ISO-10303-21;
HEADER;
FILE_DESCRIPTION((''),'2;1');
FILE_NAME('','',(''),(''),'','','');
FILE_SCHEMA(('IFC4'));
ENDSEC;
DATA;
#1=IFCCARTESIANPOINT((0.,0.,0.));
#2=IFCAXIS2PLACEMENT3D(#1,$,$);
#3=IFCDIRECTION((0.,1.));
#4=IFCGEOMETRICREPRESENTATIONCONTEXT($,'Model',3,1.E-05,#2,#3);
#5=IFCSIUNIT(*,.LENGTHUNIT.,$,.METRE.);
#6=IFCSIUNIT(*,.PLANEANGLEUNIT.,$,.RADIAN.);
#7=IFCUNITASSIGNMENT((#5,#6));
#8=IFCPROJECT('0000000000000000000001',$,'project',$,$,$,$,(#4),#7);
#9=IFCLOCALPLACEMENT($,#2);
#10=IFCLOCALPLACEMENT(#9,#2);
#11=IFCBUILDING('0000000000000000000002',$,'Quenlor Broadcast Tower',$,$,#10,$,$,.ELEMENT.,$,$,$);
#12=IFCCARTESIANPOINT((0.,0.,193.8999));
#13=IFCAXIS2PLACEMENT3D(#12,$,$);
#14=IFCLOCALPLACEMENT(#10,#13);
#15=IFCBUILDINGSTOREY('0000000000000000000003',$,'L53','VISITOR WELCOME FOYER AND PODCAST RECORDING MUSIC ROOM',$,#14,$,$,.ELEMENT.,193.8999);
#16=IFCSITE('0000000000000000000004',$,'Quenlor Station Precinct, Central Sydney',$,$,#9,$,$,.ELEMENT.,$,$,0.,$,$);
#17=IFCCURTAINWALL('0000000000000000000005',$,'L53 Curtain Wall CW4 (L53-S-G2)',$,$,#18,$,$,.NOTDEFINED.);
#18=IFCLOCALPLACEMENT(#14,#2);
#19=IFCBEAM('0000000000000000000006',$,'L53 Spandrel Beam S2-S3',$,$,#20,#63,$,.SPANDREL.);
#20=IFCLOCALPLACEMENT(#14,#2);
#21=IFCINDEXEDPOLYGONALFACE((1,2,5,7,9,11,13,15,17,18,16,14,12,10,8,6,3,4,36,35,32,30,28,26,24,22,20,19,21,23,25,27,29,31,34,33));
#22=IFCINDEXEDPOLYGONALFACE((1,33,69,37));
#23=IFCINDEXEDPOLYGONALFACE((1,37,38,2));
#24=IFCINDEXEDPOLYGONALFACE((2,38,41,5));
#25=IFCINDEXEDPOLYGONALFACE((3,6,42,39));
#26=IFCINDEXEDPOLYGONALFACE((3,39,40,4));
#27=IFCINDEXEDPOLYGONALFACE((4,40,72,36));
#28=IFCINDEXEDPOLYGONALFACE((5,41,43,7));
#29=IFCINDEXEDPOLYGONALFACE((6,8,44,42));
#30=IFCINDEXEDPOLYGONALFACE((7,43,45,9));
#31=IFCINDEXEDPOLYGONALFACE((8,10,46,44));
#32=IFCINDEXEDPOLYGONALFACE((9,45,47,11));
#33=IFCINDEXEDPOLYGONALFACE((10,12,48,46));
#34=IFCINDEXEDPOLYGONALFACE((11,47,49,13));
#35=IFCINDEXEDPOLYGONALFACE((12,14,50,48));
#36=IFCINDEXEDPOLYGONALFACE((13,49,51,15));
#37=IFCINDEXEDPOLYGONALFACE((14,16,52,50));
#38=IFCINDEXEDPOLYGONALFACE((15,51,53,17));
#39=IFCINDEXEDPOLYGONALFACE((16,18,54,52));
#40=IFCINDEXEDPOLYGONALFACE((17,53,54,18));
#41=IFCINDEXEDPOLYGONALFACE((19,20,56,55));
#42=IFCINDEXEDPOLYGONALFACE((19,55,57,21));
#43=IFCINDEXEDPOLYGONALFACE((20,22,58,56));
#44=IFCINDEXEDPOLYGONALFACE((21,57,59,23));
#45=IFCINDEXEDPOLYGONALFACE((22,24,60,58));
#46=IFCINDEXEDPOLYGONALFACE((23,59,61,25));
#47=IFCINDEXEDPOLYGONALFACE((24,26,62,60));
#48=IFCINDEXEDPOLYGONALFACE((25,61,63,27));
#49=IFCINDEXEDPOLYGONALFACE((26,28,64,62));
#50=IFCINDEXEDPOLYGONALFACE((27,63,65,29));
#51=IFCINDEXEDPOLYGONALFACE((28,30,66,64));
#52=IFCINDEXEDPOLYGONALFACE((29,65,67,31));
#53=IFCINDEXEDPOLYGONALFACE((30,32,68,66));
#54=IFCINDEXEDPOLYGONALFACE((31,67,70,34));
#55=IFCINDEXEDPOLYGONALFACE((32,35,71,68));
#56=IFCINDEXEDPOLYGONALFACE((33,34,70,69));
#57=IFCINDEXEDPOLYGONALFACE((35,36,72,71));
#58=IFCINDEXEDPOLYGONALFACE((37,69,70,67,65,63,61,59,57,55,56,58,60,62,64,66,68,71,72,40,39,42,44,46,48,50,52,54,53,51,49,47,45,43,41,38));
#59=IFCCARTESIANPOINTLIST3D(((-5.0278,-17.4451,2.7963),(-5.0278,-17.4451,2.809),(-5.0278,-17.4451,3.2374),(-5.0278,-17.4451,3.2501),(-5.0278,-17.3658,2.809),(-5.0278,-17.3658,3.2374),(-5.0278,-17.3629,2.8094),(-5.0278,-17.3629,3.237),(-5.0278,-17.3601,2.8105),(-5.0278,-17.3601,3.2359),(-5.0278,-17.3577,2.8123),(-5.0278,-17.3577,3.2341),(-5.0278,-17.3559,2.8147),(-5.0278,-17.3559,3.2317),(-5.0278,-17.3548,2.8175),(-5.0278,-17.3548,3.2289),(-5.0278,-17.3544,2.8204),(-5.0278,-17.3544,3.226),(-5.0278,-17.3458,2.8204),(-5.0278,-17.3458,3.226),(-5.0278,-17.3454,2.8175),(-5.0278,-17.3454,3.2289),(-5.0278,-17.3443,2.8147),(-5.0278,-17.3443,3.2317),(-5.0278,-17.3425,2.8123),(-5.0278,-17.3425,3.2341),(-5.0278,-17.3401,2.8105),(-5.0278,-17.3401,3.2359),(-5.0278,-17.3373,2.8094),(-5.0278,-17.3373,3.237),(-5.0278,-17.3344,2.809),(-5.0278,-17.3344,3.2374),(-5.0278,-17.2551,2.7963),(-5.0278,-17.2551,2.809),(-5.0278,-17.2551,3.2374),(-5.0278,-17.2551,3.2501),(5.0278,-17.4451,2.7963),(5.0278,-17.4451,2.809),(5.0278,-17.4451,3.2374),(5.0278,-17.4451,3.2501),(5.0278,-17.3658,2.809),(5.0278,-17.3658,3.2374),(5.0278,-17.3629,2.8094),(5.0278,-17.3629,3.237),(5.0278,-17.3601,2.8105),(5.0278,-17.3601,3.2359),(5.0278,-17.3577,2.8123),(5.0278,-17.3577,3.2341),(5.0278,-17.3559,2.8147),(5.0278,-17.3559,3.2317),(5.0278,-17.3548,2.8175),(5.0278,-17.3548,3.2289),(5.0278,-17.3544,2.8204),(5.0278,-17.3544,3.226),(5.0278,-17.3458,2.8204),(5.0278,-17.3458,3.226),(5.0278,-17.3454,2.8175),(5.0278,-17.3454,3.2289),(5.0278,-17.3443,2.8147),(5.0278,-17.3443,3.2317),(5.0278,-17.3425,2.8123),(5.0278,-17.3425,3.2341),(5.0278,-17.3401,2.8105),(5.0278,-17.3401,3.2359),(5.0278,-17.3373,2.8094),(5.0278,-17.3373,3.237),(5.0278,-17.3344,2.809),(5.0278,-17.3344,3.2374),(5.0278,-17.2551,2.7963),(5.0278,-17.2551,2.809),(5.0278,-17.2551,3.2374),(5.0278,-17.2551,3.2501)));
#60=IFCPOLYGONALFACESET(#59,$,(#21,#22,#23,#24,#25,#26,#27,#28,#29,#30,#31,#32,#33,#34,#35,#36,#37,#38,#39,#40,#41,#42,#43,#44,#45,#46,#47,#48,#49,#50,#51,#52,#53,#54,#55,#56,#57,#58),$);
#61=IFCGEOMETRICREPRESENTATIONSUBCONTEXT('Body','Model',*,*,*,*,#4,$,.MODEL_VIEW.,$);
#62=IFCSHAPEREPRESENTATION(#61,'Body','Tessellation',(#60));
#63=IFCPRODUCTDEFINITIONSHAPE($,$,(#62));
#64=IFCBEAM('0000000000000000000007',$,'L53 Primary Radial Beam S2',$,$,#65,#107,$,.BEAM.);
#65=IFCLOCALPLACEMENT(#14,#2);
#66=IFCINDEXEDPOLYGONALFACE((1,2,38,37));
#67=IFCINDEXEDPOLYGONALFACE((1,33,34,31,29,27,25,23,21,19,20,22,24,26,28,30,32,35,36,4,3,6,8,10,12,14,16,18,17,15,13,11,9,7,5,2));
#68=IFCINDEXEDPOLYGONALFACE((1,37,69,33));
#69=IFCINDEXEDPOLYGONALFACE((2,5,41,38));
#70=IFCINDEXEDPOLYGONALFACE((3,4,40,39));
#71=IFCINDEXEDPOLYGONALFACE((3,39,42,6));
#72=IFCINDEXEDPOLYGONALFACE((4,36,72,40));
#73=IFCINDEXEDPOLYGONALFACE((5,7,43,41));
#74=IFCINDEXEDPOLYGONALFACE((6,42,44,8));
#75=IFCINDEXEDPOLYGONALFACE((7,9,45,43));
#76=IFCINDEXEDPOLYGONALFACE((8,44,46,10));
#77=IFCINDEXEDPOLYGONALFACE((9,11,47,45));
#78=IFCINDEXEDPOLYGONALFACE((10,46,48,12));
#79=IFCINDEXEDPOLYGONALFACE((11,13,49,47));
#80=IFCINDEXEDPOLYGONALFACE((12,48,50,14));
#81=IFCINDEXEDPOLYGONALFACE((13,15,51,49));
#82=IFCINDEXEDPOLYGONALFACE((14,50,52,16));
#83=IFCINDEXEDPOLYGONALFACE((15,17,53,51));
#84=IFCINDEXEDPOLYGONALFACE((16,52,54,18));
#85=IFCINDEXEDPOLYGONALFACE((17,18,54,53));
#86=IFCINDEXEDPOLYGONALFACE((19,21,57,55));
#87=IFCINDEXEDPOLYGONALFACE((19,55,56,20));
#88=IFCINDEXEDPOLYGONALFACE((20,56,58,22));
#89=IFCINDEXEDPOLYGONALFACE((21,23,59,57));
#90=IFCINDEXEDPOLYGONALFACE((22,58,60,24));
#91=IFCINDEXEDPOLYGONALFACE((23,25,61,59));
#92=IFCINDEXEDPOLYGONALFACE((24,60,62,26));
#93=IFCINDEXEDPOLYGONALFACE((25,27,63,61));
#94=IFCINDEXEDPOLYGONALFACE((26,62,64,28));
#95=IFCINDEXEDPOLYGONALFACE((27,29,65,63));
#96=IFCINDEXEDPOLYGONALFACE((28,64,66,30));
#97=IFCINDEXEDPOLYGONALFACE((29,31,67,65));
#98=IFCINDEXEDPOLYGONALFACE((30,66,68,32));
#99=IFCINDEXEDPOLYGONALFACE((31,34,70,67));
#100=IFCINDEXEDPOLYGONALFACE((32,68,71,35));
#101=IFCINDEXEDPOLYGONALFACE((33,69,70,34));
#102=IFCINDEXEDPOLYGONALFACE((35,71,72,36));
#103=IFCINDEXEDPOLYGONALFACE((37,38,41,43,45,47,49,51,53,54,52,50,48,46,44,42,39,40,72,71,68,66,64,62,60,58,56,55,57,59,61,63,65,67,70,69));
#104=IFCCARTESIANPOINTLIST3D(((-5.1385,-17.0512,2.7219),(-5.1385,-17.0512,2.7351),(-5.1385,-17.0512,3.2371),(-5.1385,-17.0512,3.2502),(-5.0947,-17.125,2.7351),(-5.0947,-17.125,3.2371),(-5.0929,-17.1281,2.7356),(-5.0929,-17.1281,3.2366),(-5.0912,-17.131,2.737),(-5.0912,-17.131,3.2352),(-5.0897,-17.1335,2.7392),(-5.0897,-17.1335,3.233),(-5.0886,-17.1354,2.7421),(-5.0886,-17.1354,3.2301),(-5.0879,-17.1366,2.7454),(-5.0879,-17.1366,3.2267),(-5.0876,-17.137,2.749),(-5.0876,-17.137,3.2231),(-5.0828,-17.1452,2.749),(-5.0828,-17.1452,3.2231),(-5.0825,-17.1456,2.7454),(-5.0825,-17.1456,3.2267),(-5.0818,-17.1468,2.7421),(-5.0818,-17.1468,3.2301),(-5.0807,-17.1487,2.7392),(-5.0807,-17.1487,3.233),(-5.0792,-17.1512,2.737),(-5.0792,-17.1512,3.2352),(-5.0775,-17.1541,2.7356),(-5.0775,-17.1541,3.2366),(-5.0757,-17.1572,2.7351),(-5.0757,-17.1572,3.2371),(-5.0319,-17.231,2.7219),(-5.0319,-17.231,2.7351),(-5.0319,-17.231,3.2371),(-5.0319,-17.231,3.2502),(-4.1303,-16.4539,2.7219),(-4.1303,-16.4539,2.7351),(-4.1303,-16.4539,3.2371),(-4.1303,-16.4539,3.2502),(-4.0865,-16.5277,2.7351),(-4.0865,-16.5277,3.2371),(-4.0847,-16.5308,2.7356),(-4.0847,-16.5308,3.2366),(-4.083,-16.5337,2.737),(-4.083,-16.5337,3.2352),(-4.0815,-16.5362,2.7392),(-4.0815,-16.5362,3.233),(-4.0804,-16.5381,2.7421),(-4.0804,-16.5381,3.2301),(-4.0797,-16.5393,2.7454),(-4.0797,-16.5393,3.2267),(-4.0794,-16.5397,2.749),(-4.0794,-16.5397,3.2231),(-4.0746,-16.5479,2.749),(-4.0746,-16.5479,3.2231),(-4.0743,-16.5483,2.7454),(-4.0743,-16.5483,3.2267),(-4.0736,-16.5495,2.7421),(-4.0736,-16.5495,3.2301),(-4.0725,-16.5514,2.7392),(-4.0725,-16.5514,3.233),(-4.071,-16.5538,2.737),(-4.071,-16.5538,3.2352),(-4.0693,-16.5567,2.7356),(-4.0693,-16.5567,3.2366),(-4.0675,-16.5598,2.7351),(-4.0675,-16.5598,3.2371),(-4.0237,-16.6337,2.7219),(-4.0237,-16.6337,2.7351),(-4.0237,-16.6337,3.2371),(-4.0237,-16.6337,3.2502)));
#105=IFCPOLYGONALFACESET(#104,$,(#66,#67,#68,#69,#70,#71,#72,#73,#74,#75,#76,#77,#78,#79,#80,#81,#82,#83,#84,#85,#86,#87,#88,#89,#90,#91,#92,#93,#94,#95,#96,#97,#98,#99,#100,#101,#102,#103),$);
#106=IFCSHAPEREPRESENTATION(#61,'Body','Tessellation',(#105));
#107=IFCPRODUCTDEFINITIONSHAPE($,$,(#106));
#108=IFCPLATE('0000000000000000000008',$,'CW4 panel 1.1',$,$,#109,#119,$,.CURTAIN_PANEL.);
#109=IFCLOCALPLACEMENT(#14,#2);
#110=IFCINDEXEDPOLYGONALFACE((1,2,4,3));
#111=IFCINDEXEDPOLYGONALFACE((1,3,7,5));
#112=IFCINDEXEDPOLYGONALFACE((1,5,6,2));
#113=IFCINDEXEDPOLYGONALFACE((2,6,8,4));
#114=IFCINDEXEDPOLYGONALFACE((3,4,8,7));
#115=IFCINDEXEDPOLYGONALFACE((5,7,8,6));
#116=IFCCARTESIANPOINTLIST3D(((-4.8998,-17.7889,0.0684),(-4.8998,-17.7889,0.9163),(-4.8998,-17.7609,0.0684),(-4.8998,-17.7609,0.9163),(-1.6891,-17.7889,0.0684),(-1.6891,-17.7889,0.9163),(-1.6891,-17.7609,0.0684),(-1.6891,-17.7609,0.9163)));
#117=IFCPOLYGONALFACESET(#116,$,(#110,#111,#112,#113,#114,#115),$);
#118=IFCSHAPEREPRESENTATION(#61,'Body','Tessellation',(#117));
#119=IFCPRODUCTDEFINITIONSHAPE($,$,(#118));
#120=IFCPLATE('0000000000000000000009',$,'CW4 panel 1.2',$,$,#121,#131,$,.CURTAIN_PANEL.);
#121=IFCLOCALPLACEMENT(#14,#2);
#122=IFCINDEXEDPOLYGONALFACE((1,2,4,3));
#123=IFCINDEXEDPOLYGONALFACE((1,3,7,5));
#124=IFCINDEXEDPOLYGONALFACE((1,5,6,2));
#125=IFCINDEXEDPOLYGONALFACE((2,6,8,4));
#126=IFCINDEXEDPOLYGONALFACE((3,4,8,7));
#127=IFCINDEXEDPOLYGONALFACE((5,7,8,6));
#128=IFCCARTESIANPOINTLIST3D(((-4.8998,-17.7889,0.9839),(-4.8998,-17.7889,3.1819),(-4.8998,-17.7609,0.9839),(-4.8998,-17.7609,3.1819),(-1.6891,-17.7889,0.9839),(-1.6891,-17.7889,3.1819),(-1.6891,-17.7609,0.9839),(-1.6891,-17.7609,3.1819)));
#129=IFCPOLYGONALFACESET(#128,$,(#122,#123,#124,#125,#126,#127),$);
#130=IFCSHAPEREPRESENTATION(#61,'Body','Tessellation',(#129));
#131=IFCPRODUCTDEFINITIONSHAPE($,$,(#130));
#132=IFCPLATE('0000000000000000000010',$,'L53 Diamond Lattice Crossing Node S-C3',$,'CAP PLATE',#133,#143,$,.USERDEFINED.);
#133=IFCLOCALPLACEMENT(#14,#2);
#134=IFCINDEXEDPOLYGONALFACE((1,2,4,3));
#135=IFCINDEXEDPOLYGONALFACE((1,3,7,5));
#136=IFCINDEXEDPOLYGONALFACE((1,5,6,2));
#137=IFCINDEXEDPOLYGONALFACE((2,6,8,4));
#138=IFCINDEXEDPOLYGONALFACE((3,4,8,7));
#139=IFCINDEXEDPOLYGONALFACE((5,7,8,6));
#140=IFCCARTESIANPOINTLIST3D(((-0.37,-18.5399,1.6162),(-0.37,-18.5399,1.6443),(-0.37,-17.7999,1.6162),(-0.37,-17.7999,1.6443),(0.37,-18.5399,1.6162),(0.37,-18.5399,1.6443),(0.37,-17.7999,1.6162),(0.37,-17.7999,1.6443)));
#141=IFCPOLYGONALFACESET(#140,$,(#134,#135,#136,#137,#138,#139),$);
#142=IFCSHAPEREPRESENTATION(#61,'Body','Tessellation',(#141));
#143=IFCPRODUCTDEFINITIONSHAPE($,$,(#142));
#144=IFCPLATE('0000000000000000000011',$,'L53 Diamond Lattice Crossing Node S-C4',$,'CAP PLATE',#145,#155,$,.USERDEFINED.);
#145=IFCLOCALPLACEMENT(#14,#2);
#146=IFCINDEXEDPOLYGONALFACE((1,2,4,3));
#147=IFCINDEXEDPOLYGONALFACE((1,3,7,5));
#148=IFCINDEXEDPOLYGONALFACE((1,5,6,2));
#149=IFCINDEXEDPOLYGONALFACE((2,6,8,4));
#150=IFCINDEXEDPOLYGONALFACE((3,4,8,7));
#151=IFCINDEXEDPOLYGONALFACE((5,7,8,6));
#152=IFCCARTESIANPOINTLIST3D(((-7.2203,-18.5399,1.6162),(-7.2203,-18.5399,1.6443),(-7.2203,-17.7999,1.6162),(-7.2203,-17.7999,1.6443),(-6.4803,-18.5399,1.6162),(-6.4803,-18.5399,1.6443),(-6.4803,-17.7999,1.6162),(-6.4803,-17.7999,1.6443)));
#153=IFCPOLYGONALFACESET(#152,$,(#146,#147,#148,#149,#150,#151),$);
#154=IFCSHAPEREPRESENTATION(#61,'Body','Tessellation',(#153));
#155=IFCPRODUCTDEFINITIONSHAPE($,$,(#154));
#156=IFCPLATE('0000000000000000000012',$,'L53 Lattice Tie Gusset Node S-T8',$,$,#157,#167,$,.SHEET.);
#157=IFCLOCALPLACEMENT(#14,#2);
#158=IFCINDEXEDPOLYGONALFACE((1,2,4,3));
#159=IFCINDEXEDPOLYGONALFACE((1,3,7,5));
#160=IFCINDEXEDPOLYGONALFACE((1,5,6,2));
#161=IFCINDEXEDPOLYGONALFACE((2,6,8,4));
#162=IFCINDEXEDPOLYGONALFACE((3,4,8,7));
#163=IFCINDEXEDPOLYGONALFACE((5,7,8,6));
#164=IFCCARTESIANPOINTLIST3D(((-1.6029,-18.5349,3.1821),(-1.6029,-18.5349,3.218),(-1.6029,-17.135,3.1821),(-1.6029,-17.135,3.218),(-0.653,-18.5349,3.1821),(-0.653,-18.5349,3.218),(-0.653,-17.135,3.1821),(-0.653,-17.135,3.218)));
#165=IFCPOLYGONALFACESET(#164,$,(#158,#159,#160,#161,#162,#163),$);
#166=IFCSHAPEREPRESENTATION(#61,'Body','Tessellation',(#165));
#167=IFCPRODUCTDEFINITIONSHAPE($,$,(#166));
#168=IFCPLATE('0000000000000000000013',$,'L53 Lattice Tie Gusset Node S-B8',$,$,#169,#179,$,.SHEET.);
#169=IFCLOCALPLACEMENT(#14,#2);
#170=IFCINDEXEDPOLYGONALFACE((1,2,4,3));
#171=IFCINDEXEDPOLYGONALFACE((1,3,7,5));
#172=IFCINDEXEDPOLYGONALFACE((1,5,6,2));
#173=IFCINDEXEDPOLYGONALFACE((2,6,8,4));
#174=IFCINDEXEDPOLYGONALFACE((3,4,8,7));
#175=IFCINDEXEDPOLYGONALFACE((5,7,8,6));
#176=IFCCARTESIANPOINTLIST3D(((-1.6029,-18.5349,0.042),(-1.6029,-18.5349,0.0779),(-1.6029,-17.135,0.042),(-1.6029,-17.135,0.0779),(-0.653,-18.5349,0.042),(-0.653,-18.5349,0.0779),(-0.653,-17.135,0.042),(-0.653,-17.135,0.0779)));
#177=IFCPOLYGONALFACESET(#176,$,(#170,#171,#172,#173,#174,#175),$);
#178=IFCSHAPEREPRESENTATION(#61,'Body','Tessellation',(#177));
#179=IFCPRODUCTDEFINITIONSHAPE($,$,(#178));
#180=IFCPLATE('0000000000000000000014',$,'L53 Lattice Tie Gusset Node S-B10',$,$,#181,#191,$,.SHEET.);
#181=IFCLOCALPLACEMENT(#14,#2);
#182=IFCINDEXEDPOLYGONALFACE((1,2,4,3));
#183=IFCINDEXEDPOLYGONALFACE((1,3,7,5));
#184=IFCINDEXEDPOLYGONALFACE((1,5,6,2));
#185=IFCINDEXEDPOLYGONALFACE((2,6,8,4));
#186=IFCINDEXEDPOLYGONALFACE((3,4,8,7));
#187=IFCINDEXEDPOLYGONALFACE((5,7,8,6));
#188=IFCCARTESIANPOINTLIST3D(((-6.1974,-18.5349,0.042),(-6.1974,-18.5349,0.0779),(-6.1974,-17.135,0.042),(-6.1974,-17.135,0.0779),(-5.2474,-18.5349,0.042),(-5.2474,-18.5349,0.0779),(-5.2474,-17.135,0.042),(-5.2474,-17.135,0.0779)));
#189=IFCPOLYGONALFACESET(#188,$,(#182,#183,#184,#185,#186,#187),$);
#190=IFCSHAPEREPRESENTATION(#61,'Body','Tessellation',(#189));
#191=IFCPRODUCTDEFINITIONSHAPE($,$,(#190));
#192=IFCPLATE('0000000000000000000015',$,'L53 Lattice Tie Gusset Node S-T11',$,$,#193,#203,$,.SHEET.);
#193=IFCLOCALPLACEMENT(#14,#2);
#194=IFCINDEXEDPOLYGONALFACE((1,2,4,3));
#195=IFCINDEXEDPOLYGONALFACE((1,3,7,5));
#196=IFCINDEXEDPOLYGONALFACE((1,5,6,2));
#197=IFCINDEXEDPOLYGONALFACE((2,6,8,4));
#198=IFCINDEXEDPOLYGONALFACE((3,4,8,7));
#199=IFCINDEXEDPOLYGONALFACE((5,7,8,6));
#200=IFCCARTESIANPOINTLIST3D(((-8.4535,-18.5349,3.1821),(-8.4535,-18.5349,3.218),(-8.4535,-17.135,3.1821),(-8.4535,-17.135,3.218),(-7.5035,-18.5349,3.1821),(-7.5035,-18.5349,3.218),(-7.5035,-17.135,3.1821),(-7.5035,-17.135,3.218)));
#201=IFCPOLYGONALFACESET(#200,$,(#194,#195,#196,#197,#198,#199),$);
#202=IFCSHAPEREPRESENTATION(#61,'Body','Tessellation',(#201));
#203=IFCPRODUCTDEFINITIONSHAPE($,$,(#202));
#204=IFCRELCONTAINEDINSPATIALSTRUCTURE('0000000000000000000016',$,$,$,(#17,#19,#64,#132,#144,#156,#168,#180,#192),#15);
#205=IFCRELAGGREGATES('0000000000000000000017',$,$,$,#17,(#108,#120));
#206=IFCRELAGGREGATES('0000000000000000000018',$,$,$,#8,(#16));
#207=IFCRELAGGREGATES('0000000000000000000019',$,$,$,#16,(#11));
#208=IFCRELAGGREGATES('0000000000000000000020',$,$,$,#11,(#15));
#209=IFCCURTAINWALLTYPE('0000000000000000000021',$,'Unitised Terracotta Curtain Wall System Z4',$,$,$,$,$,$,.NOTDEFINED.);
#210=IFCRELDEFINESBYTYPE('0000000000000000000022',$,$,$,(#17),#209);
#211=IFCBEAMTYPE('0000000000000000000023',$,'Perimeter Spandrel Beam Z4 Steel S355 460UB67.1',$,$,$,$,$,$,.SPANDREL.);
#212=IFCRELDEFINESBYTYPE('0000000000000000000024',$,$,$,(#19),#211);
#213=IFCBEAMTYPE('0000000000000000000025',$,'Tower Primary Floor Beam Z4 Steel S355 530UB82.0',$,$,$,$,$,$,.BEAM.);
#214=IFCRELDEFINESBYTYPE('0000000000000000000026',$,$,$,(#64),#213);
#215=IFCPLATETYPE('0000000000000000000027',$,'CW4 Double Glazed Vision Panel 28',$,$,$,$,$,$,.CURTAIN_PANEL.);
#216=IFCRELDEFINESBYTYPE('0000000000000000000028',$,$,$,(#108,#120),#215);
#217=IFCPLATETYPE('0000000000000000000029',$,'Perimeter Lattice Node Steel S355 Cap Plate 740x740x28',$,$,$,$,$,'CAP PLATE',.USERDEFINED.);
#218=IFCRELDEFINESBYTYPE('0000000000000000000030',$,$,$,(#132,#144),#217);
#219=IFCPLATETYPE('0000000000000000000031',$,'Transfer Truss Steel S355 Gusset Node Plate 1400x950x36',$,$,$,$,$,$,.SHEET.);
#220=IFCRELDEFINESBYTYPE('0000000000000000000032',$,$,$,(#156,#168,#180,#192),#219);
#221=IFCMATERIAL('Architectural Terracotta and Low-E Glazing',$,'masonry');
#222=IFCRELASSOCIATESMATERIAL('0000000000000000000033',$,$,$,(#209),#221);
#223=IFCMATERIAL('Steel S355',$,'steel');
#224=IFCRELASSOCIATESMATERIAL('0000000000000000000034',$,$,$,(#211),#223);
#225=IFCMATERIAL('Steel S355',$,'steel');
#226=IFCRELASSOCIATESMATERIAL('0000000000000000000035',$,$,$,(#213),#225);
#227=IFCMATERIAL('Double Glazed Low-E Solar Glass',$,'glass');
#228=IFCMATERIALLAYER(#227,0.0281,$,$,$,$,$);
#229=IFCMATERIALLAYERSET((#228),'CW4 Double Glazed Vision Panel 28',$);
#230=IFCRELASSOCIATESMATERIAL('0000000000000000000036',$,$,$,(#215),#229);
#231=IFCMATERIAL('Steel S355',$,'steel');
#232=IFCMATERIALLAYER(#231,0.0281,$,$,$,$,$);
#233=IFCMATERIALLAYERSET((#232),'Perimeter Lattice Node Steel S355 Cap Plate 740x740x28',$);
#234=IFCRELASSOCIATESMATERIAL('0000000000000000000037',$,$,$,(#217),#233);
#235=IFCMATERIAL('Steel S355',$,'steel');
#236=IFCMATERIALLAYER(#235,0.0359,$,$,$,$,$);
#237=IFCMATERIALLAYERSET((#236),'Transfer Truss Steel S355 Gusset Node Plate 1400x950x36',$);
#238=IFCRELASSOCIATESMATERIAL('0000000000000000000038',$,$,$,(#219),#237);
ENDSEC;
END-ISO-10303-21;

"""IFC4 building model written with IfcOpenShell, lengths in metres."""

from ifc_helpers import new_model, si_unit, direction, frame, origin, origin_2d, place, context, subcontext, project, spatial, rectangle, i_section, extrude, material, layer, layer_set, material_profile, profile_set, type_object, element, aggregate, save


model = new_model("IFC4")

# Units and contexts
model_context = context("Model", 3, precision=1e-05, world=origin(), true_north=direction((0.0, 1.0)))
body_context = subcontext(model_context, "Body", "Model", "MODEL_VIEW")
ifc_project = project(units=[si_unit("LENGTHUNIT", "METRE"), si_unit("PLANEANGLEUNIT", "RADIAN")], contexts=[model_context])

# Site, building, storey
site_placement = place(None, origin())
site = spatial("IfcSite", under=ifc_project, at=site_placement, Name="Quenlor Station Precinct, Central Sydney", CompositionType="ELEMENT", RefElevation=0.0)
building_placement = place(site_placement, origin())
building = spatial("IfcBuilding", under=site, at=building_placement, Name="Quenlor Broadcast Tower", CompositionType="ELEMENT")
storey_placement = place(building_placement, frame((0.0, 0.0, 193.8999)))
storey = spatial("IfcBuildingStorey", under=building, at=storey_placement, Name="L53", Description="VISITOR WELCOME FOYER AND PODCAST RECORDING MUSIC ROOM", CompositionType="ELEMENT", Elevation=193.8999)

# Curtain wall
ifc_material_1 = material(Name="Architectural Terracotta and Low-E Glazing", Category="masonry")
curtain_wall_type = type_object("IfcCurtainWallType", Name="Unitised Terracotta Curtain Wall System Z4", PredefinedType="NOTDEFINED", material=ifc_material_1)
curtain_wall_placement = place(storey_placement, origin())
curtain_wall = element("IfcCurtainWall", 1, at=curtain_wall_placement, inside=storey, type_object=curtain_wall_type, Name="L53 Curtain Wall CW4 (L53-S-G2)", PredefinedType="NOTDEFINED")

# Beams
ifc_material_2 = material(Name="Steel S355", Category="steel")
ifc_material_profile_1 = material_profile(ifc_material_2, i_section(OverallWidth=0.1899, OverallDepth=0.4539, WebThickness=0.0085, FlangeThickness=0.0127, FilletRadius=0.0115, at=origin_2d()))
ifc_profile_set_1 = profile_set([ifc_material_profile_1], Name="Steel S355 460UB67.1")
beam_type_1 = type_object("IfcBeamType", Name="Perimeter Spandrel Beam Z4 Steel S355 460UB67.1", PredefinedType="SPANDREL", material=ifc_profile_set_1)
beam_1_placement = place(storey_placement, frame((-5.0278, -17.3501, 3.0232), z_axis=(1.0, 0.0, 0.0), x_axis=(0.0, 1.0, 0.0)))
element("IfcBeam", 2, at=beam_1_placement, inside=storey, type_object=beam_type_1, Name="L53 Spandrel Beam S2-S3", PredefinedType="SPANDREL", context=body_context, shape_type="SweptSolid", body=[
    extrude(i_section(OverallWidth=0.1899, OverallDepth=0.4539, WebThickness=0.0085, FlangeThickness=0.0127, FilletRadius=0.0115, at=origin_2d()), origin(), (0.0, 0.0, 1.0), 10.0557),
])
ifc_material_3 = material(Name="Steel S355", Category="steel")
ifc_material_profile_2 = material_profile(ifc_material_3, i_section(OverallWidth=0.209, OverallDepth=0.5283, WebThickness=0.0095, FlangeThickness=0.0132, FilletRadius=0.0139, at=origin_2d()))
ifc_profile_set_2 = profile_set([ifc_material_profile_2], Name="Steel S355 530UB82.0")
beam_type_2 = type_object("IfcBeamType", Name="Tower Primary Floor Beam Z4 Steel S355 530UB82.0", PredefinedType="BEAM", material=ifc_profile_set_2)
beam_2_placement = place(storey_placement, frame((-5.0852, -17.1411, 2.9861), z_axis=(0.860329, 0.50974, 0.0), x_axis=(-0.50974, 0.860329, 0.0)))
element("IfcBeam", 3, at=beam_2_placement, inside=storey, type_object=beam_type_2, Name="L53 Primary Radial Beam S2", PredefinedType="BEAM", context=body_context, shape_type="SweptSolid", body=[
    extrude(i_section(OverallWidth=0.209, OverallDepth=0.5283, WebThickness=0.0095, FlangeThickness=0.0132, FilletRadius=0.0139, at=origin_2d()), origin(), (0.0, 0.0, 1.0), 1.1719),
])

# Plates
ifc_material_4 = material(Name="Double Glazed Low-E Solar Glass", Category="glass")
ifc_layer_1 = layer(ifc_material_4, 0.0281)
ifc_layer_set_1 = layer_set([ifc_layer_1], Name="CW4 Double Glazed Vision Panel 28")
plate_type_1 = type_object("IfcPlateType", Name="CW4 Double Glazed Vision Panel 28", PredefinedType="CURTAIN_PANEL", material=ifc_layer_set_1)
plate_1_placement = place(storey_placement, frame((-3.2944, -17.7749, 0.0684), z_axis=(0.0, 0.0, 1.0), x_axis=(-1.0, 0.0, 0.0)))
plate_1 = element("IfcPlate", 4, at=plate_1_placement, type_object=plate_type_1, Name="CW4 panel 1.1", PredefinedType="CURTAIN_PANEL", context=body_context, shape_type="SweptSolid", body=[
    extrude(rectangle(XDim=3.2107, YDim=0.0281, at=origin_2d()), origin(), (0.0, 0.0, 1.0), 0.8479),
])
plate_2_placement = place(storey_placement, frame((-3.2944, -17.7749, 0.9839), z_axis=(0.0, 0.0, 1.0), x_axis=(-1.0, 0.0, 0.0)))
plate_2 = element("IfcPlate", 5, at=plate_2_placement, type_object=plate_type_1, Name="CW4 panel 1.2", PredefinedType="CURTAIN_PANEL", context=body_context, shape_type="SweptSolid", body=[
    extrude(rectangle(XDim=3.2107, YDim=0.0281, at=origin_2d()), origin(), (0.0, 0.0, 1.0), 2.198),
])
aggregate(curtain_wall, [plate_1, plate_2])

# Plates
ifc_material_5 = material(Name="Steel S355", Category="steel")
ifc_layer_2 = layer(ifc_material_5, 0.0281)
ifc_layer_set_2 = layer_set([ifc_layer_2], Name="Perimeter Lattice Node Steel S355 Cap Plate 740x740x28")
plate_type_2 = type_object("IfcPlateType", Name="Perimeter Lattice Node Steel S355 Cap Plate 740x740x28", ElementType="CAP PLATE", PredefinedType="USERDEFINED", material=ifc_layer_set_2)
for number, where, z_axis, x_axis, name in (
    (6, (0.0, -18.1699, 1.6162), (0.0, 0.0, 1.0), (-1.0, 0.0, 0.0), "L53 Diamond Lattice Crossing Node S-C3"),
    (7, (-6.8503, -18.1699, 1.6162), (0.0, 0.0, 1.0), (-1.0, 0.0, 0.0), "L53 Diamond Lattice Crossing Node S-C4"),
):
    element("IfcPlate", number, at=place(storey_placement, frame(where, z_axis=z_axis, x_axis=x_axis)), inside=storey, type_object=plate_type_2, Name=name, ObjectType="CAP PLATE", PredefinedType="USERDEFINED", context=body_context, shape_type="SweptSolid", body=[
        extrude(rectangle(XDim=0.74, YDim=0.74, at=origin_2d()), origin(), (0.0, 0.0, 1.0), 0.0281),
    ])
ifc_material_6 = material(Name="Steel S355", Category="steel")
ifc_layer_3 = layer(ifc_material_6, 0.0359)
ifc_layer_set_3 = layer_set([ifc_layer_3], Name="Transfer Truss Steel S355 Gusset Node Plate 1400x950x36")
plate_type_3 = type_object("IfcPlateType", Name="Transfer Truss Steel S355 Gusset Node Plate 1400x950x36", PredefinedType="SHEET", material=ifc_layer_set_3)
for number, where, z_axis, x_axis, name in (
    (8, (-1.1279, -17.835, 3.1821), (0.0, 0.0, 1.0), (0.0, -1.0, 0.0), "L53 Lattice Tie Gusset Node S-T8"),
    (9, (-1.1279, -17.835, 0.042), (0.0, 0.0, 1.0), (0.0, -1.0, 0.0), "L53 Lattice Tie Gusset Node S-B8"),
    (10, (-5.7224, -17.835, 0.042), (0.0, 0.0, 1.0), (0.0, -1.0, 0.0), "L53 Lattice Tie Gusset Node S-B10"),
    (11, (-7.9785, -17.835, 3.1821), (0.0, 0.0, 1.0), (0.0, -1.0, 0.0), "L53 Lattice Tie Gusset Node S-T11"),
):
    element("IfcPlate", number, at=place(storey_placement, frame(where, z_axis=z_axis, x_axis=x_axis)), inside=storey, type_object=plate_type_3, Name=name, PredefinedType="SHEET", context=body_context, shape_type="SweptSolid", body=[
        extrude(rectangle(XDim=1.3999, YDim=0.95, at=origin_2d()), origin(), (0.0, 0.0, 1.0), 0.0359),
    ])

save(model, "model.ifc")
